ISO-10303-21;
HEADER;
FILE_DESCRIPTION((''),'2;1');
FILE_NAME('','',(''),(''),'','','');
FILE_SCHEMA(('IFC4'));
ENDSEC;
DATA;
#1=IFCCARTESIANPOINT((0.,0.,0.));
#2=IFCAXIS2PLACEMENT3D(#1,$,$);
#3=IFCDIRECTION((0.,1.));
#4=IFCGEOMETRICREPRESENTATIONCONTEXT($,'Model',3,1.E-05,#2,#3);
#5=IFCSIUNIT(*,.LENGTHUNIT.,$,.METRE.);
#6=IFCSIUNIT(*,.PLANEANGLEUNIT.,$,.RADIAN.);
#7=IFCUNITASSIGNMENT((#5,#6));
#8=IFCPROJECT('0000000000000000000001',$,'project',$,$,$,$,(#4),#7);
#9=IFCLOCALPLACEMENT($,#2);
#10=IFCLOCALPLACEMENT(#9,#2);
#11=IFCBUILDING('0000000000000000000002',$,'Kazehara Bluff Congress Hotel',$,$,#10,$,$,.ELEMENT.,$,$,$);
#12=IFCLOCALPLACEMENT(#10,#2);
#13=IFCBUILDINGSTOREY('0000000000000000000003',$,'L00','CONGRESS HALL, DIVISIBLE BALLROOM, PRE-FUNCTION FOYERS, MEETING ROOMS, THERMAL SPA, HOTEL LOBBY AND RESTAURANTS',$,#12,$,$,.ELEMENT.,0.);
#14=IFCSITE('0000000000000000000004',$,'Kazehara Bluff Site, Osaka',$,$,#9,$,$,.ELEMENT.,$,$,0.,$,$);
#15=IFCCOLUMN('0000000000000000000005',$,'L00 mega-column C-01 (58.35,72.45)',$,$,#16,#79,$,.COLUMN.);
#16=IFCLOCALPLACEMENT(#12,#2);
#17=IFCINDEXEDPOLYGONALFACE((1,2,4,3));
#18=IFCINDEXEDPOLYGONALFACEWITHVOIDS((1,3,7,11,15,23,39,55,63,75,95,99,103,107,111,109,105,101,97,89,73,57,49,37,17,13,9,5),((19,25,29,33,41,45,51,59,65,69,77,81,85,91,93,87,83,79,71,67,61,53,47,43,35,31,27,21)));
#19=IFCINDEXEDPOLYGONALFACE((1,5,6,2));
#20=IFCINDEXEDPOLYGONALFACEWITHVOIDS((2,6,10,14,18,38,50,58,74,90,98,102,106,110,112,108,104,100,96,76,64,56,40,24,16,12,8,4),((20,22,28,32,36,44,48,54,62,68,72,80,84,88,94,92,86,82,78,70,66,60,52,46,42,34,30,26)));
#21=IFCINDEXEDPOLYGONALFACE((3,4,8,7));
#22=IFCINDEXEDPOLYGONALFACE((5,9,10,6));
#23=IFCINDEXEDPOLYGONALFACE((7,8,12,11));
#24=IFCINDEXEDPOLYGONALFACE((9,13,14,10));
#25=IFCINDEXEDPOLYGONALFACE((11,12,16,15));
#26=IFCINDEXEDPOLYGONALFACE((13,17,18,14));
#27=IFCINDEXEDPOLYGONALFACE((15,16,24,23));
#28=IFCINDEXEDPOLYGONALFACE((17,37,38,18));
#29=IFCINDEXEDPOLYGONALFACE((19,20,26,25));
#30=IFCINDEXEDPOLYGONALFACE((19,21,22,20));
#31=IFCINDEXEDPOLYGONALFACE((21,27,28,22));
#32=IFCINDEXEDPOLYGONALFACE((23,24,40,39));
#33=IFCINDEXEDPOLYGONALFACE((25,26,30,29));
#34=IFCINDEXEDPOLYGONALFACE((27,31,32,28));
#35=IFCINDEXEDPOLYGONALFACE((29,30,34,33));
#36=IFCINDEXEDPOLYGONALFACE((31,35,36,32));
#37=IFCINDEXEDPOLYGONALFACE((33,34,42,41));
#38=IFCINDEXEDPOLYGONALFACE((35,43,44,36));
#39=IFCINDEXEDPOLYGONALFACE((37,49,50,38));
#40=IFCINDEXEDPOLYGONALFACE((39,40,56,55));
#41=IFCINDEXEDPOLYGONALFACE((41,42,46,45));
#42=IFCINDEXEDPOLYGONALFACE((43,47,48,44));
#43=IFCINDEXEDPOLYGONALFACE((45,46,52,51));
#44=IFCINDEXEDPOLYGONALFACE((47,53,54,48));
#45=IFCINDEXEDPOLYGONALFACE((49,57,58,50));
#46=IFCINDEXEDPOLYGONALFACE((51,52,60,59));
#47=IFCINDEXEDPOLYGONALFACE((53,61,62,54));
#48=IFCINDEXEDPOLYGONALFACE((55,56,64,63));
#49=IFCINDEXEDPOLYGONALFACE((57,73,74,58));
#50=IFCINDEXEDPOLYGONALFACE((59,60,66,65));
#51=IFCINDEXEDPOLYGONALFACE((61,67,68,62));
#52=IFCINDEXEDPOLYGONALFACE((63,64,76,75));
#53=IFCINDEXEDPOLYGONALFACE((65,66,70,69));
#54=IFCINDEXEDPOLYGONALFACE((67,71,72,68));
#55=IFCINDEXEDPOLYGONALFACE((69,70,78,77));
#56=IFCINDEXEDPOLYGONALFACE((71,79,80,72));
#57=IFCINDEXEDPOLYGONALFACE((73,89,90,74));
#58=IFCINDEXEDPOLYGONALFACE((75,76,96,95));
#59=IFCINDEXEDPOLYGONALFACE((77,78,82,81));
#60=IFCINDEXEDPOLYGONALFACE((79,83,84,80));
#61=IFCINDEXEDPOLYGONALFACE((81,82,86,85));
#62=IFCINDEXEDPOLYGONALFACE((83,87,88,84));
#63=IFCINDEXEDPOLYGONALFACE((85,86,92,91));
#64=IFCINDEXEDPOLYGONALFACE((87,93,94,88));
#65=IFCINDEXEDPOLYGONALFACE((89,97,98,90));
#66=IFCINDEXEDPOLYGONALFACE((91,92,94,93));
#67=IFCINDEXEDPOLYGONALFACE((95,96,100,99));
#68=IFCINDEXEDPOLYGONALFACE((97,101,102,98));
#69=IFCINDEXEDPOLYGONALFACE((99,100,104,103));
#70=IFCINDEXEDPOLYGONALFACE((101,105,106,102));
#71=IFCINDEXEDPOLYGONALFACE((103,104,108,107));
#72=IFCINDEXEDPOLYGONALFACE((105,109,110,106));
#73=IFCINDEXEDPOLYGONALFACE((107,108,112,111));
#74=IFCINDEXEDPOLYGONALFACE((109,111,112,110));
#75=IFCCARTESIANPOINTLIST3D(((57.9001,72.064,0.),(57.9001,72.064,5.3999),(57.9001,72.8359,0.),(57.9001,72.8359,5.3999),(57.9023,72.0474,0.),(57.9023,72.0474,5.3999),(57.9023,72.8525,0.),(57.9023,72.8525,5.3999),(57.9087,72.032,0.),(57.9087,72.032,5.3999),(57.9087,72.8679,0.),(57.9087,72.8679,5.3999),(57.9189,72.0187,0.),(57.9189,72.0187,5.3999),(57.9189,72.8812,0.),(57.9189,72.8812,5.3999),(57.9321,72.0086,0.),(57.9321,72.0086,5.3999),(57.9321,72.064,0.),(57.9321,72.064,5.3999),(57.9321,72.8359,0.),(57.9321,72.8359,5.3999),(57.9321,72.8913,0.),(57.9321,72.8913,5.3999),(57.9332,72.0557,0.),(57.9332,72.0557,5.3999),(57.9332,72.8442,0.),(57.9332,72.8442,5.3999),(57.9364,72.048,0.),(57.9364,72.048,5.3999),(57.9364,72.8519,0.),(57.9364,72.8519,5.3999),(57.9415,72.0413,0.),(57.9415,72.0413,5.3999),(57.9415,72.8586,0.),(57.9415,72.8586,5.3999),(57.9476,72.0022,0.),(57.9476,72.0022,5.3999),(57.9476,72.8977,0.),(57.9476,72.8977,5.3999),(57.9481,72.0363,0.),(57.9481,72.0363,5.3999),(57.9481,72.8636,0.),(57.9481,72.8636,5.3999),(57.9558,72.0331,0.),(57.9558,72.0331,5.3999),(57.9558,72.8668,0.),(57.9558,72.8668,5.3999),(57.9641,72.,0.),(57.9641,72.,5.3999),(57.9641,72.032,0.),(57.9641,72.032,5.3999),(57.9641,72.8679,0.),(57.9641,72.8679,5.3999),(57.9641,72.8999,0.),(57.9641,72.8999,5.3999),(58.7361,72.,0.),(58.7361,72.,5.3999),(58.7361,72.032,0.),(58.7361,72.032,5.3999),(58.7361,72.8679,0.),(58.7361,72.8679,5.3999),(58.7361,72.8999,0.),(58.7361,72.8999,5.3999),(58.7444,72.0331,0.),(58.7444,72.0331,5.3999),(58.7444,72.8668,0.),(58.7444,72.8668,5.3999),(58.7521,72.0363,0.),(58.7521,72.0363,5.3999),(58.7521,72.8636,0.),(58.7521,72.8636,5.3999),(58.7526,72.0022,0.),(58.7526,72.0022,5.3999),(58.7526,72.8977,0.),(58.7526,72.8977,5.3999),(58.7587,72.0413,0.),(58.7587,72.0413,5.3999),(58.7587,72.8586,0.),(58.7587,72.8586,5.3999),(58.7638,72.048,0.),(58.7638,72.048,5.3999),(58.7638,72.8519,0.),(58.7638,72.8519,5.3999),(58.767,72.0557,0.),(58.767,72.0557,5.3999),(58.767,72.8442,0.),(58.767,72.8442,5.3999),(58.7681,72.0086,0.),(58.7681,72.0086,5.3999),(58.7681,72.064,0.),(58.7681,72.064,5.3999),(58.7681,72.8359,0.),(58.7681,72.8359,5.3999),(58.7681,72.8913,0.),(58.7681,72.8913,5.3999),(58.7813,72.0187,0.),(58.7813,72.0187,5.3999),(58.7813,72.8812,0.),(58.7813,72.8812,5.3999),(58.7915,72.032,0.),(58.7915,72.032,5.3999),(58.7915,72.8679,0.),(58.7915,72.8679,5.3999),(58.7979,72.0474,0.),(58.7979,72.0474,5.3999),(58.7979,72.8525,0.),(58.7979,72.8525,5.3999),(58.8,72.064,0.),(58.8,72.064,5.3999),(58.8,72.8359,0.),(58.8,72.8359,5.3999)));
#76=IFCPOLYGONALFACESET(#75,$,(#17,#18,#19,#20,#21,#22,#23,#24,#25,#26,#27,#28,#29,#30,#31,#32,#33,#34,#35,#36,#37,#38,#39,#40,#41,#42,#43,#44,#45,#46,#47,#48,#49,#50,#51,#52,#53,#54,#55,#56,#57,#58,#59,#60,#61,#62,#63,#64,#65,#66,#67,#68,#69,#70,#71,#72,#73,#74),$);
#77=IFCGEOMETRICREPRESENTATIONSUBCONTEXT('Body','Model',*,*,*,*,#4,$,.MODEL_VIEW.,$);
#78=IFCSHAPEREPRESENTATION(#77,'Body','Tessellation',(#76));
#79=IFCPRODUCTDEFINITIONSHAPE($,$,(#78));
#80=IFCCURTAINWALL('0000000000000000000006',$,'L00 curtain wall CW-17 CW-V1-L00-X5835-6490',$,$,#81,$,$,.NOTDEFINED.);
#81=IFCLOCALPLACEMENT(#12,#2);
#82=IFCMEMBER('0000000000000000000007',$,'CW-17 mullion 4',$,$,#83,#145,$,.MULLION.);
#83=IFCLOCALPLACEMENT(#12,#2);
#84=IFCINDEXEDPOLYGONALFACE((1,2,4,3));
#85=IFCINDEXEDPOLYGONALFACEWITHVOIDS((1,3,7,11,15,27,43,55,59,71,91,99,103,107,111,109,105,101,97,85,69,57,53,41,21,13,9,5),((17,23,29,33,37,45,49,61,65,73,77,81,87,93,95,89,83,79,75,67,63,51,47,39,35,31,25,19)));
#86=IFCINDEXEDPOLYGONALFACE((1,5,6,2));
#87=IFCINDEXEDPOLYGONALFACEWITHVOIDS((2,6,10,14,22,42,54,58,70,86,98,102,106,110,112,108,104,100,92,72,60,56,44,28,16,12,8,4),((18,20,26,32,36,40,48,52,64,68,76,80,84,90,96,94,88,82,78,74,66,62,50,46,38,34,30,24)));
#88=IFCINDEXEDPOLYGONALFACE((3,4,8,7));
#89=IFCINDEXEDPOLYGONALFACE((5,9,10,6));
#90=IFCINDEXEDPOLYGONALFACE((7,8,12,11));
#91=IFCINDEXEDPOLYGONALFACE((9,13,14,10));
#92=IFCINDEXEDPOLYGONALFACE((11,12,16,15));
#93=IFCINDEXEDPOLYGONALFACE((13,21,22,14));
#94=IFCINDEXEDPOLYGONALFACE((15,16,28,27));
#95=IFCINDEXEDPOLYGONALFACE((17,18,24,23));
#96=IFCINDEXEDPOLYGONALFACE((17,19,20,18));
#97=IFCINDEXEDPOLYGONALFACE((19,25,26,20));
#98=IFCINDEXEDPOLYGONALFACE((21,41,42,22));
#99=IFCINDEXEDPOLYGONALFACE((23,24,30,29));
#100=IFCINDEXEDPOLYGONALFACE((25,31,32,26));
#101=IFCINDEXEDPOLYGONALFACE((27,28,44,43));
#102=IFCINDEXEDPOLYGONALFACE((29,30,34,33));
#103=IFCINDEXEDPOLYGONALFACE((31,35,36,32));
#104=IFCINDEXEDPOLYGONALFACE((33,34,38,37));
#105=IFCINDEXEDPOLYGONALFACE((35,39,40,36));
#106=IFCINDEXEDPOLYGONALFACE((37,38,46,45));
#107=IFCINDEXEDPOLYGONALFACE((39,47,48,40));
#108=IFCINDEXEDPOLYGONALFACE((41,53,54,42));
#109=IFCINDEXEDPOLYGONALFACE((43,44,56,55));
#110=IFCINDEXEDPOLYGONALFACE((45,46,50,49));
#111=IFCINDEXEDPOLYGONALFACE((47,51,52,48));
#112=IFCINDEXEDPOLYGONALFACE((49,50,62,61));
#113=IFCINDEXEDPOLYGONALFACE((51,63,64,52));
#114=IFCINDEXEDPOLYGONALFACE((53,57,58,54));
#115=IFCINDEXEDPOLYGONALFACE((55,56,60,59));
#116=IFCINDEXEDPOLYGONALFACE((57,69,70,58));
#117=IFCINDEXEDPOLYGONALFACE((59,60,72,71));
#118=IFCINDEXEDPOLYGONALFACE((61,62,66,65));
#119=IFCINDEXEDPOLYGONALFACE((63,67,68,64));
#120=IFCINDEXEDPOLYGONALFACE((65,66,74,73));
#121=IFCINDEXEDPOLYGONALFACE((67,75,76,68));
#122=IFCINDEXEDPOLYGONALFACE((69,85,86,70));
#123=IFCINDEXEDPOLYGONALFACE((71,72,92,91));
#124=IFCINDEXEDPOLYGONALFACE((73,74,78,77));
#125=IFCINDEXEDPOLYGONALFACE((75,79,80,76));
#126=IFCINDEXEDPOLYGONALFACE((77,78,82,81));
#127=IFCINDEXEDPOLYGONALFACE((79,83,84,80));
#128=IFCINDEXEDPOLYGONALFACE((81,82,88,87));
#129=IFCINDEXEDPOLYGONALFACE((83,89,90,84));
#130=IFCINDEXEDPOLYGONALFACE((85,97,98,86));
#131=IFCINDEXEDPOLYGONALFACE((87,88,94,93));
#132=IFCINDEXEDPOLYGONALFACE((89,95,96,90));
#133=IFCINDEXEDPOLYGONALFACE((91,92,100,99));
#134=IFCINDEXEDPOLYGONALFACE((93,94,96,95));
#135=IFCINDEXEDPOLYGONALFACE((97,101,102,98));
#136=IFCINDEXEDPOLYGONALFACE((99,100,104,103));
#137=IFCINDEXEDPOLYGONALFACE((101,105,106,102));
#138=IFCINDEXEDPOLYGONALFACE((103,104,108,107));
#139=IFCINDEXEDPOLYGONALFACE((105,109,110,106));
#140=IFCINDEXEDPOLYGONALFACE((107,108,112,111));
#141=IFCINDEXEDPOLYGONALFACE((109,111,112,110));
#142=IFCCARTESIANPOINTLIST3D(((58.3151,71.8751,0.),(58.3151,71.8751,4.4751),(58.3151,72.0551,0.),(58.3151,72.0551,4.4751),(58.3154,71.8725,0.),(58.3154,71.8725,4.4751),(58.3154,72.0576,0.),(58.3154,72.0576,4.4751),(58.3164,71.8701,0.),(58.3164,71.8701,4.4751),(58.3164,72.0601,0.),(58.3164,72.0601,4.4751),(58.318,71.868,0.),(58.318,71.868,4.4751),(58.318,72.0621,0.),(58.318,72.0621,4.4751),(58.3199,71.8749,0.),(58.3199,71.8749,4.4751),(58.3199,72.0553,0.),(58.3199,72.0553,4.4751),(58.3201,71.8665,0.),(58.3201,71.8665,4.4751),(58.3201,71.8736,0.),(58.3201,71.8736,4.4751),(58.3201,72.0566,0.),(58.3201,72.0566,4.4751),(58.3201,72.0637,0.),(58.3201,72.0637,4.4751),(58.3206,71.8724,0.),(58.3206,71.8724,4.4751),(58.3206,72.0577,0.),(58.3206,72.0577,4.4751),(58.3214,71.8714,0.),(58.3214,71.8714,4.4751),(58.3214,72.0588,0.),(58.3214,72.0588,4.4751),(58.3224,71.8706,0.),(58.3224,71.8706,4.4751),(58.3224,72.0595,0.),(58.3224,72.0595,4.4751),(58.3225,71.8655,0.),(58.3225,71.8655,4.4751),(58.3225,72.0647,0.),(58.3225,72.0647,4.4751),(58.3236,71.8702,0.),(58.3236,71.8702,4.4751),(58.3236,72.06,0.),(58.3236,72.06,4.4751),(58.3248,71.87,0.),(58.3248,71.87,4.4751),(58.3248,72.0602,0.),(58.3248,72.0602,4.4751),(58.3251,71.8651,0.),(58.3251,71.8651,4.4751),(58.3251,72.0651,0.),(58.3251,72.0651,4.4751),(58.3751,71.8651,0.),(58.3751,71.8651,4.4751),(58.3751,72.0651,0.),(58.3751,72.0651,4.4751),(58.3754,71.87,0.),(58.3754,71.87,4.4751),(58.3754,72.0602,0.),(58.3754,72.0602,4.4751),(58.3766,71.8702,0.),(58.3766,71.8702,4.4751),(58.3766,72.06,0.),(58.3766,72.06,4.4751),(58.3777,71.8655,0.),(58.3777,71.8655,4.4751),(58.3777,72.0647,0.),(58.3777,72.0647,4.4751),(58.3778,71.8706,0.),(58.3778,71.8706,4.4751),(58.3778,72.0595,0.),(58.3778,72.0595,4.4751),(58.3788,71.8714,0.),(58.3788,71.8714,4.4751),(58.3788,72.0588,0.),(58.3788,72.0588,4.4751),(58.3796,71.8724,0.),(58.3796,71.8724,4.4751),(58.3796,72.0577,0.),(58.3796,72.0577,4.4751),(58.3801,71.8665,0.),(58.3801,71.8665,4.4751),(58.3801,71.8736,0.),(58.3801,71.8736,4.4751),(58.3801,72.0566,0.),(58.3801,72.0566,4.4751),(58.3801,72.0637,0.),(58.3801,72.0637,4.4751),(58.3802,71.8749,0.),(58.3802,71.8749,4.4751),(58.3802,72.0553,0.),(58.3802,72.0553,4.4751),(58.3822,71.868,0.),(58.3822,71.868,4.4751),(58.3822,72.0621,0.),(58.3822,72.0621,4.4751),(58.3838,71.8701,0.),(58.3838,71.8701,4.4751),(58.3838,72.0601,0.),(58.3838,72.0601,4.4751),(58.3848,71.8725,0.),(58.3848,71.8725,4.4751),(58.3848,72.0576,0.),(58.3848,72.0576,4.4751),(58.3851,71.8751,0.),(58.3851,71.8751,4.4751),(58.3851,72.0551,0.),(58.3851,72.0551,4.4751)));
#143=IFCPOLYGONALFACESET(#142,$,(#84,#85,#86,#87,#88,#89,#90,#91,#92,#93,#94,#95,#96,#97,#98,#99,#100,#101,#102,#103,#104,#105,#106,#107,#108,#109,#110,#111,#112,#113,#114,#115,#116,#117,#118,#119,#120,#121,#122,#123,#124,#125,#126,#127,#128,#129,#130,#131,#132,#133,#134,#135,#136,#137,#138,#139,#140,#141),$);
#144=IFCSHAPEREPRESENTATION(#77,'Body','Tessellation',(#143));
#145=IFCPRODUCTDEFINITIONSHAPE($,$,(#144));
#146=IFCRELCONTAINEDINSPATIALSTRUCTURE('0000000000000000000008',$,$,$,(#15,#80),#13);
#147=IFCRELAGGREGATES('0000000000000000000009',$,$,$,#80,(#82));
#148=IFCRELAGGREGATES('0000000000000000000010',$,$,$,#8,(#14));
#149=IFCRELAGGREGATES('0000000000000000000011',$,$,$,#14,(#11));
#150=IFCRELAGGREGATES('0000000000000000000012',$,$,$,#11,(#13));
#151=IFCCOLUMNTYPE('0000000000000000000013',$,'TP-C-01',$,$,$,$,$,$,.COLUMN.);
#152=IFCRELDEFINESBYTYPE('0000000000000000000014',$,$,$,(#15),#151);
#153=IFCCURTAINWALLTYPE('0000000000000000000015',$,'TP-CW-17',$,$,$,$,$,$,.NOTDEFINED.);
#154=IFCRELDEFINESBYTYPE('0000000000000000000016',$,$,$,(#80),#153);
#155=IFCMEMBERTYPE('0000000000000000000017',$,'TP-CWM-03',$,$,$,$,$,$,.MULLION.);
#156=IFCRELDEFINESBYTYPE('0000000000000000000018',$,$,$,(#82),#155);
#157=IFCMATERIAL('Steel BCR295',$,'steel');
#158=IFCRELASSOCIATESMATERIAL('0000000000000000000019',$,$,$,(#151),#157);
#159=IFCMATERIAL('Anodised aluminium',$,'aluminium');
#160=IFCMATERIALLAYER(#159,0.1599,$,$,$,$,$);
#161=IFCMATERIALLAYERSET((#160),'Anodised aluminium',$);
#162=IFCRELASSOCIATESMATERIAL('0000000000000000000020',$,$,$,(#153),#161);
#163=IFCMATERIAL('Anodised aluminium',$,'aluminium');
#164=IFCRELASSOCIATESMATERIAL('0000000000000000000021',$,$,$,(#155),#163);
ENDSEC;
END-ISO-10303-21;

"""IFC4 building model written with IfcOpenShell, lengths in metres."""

from ifc_helpers import new_model, si_unit, direction, frame, origin, origin_2d, place, context, subcontext, project, spatial, hollow_rectangle, extrude, material, layer, layer_set, material_profile, profile_set, type_object, element, aggregate, save


model = new_model("IFC4")

# Units and contexts
model_context = context("Model", 3, precision=1e-05, world=origin(), true_north=direction((0.0, 1.0)))
body_context = subcontext(model_context, "Body", "Model", "MODEL_VIEW")
ifc_project = project(units=[si_unit("LENGTHUNIT", "METRE"), si_unit("PLANEANGLEUNIT", "RADIAN")], contexts=[model_context])

# Site, building, storey
site_placement = place(None, origin())
site = spatial("IfcSite", under=ifc_project, at=site_placement, Name="Kazehara Bluff Site, Osaka", CompositionType="ELEMENT", RefElevation=0.0)
building_placement = place(site_placement, origin())
building = spatial("IfcBuilding", under=site, at=building_placement, Name="Kazehara Bluff Congress Hotel", CompositionType="ELEMENT")
storey_placement = place(building_placement, origin())
storey = spatial("IfcBuildingStorey", under=building, at=storey_placement, Name="L00", Description="CONGRESS HALL, DIVISIBLE BALLROOM, PRE-FUNCTION FOYERS, MEETING ROOMS, THERMAL SPA, HOTEL LOBBY AND RESTAURANTS", CompositionType="ELEMENT", Elevation=0.0)

# Column
ifc_material_1 = material(Name="Steel BCR295", Category="steel")
ifc_material_profile_1 = material_profile(ifc_material_1, hollow_rectangle(XDim=0.8999, YDim=0.8999, WallThickness=0.032, InnerFilletRadius=0.032, OuterFilletRadius=0.064, at=origin_2d()))
ifc_profile_set_1 = profile_set([ifc_material_profile_1], Name="Steel BCR295")
column_type = type_object("IfcColumnType", Name="TP-C-01", PredefinedType="COLUMN", material=ifc_profile_set_1)
column_placement = place(storey_placement, frame((58.3501, 72.45, 0.0), z_axis=(0.0, 0.0, 1.0), x_axis=(1.0, 0.0, 0.0)))
element("IfcColumn", 1, at=column_placement, inside=storey, type_object=column_type, Name="L00 mega-column C-01 (58.35,72.45)", PredefinedType="COLUMN", context=body_context, shape_type="SweptSolid", body=[
    extrude(hollow_rectangle(XDim=0.8999, YDim=0.8999, WallThickness=0.032, InnerFilletRadius=0.032, OuterFilletRadius=0.064, at=origin_2d()), origin(), (0.0, 0.0, 1.0), 5.3999),
])

# Curtain wall, member
ifc_material_2 = material(Name="Anodised aluminium", Category="aluminium")
ifc_layer_1 = layer(ifc_material_2, 0.1599)
ifc_layer_set_1 = layer_set([ifc_layer_1], Name="Anodised aluminium")
curtain_wall_type_1 = type_object("IfcCurtainWallType", Name="TP-CW-17", PredefinedType="NOTDEFINED", material=ifc_layer_set_1)
curtain_wall_1_placement = place(storey_placement, origin())
curtain_wall_1 = element("IfcCurtainWall", 2, at=curtain_wall_1_placement, inside=storey, type_object=curtain_wall_type_1, Name="L00 curtain wall CW-17 CW-V1-L00-X5835-6490", PredefinedType="NOTDEFINED")
ifc_material_3 = material(Name="Anodised aluminium", Category="aluminium")
ifc_material_profile_2 = material_profile(ifc_material_3, hollow_rectangle(XDim=0.0701, YDim=0.2, WallThickness=0.0049, InnerFilletRadius=0.0049, OuterFilletRadius=0.01, at=origin_2d()))
ifc_profile_set_2 = profile_set([ifc_material_profile_2], Name="Anodised aluminium")
member_type_1 = type_object("IfcMemberType", Name="TP-CWM-03", PredefinedType="MULLION", material=ifc_profile_set_2)
member_1_placement = place(storey_placement, frame((58.3501, 71.9651, 0.0), z_axis=(0.0, 0.0, 1.0), x_axis=(-1.0, 0.0, 0.0)))
member_1 = element("IfcMember", 3, at=member_1_placement, type_object=member_type_1, Name="CW-17 mullion 4", PredefinedType="MULLION", context=body_context, shape_type="SweptSolid", body=[
    extrude(hollow_rectangle(XDim=0.0701, YDim=0.2, WallThickness=0.0049, InnerFilletRadius=0.0049, OuterFilletRadius=0.01, at=origin_2d()), origin(), (0.0, 0.0, 1.0), 4.4751),
])

aggregate(curtain_wall_1, [member_1])

save(model, "model.ifc")
